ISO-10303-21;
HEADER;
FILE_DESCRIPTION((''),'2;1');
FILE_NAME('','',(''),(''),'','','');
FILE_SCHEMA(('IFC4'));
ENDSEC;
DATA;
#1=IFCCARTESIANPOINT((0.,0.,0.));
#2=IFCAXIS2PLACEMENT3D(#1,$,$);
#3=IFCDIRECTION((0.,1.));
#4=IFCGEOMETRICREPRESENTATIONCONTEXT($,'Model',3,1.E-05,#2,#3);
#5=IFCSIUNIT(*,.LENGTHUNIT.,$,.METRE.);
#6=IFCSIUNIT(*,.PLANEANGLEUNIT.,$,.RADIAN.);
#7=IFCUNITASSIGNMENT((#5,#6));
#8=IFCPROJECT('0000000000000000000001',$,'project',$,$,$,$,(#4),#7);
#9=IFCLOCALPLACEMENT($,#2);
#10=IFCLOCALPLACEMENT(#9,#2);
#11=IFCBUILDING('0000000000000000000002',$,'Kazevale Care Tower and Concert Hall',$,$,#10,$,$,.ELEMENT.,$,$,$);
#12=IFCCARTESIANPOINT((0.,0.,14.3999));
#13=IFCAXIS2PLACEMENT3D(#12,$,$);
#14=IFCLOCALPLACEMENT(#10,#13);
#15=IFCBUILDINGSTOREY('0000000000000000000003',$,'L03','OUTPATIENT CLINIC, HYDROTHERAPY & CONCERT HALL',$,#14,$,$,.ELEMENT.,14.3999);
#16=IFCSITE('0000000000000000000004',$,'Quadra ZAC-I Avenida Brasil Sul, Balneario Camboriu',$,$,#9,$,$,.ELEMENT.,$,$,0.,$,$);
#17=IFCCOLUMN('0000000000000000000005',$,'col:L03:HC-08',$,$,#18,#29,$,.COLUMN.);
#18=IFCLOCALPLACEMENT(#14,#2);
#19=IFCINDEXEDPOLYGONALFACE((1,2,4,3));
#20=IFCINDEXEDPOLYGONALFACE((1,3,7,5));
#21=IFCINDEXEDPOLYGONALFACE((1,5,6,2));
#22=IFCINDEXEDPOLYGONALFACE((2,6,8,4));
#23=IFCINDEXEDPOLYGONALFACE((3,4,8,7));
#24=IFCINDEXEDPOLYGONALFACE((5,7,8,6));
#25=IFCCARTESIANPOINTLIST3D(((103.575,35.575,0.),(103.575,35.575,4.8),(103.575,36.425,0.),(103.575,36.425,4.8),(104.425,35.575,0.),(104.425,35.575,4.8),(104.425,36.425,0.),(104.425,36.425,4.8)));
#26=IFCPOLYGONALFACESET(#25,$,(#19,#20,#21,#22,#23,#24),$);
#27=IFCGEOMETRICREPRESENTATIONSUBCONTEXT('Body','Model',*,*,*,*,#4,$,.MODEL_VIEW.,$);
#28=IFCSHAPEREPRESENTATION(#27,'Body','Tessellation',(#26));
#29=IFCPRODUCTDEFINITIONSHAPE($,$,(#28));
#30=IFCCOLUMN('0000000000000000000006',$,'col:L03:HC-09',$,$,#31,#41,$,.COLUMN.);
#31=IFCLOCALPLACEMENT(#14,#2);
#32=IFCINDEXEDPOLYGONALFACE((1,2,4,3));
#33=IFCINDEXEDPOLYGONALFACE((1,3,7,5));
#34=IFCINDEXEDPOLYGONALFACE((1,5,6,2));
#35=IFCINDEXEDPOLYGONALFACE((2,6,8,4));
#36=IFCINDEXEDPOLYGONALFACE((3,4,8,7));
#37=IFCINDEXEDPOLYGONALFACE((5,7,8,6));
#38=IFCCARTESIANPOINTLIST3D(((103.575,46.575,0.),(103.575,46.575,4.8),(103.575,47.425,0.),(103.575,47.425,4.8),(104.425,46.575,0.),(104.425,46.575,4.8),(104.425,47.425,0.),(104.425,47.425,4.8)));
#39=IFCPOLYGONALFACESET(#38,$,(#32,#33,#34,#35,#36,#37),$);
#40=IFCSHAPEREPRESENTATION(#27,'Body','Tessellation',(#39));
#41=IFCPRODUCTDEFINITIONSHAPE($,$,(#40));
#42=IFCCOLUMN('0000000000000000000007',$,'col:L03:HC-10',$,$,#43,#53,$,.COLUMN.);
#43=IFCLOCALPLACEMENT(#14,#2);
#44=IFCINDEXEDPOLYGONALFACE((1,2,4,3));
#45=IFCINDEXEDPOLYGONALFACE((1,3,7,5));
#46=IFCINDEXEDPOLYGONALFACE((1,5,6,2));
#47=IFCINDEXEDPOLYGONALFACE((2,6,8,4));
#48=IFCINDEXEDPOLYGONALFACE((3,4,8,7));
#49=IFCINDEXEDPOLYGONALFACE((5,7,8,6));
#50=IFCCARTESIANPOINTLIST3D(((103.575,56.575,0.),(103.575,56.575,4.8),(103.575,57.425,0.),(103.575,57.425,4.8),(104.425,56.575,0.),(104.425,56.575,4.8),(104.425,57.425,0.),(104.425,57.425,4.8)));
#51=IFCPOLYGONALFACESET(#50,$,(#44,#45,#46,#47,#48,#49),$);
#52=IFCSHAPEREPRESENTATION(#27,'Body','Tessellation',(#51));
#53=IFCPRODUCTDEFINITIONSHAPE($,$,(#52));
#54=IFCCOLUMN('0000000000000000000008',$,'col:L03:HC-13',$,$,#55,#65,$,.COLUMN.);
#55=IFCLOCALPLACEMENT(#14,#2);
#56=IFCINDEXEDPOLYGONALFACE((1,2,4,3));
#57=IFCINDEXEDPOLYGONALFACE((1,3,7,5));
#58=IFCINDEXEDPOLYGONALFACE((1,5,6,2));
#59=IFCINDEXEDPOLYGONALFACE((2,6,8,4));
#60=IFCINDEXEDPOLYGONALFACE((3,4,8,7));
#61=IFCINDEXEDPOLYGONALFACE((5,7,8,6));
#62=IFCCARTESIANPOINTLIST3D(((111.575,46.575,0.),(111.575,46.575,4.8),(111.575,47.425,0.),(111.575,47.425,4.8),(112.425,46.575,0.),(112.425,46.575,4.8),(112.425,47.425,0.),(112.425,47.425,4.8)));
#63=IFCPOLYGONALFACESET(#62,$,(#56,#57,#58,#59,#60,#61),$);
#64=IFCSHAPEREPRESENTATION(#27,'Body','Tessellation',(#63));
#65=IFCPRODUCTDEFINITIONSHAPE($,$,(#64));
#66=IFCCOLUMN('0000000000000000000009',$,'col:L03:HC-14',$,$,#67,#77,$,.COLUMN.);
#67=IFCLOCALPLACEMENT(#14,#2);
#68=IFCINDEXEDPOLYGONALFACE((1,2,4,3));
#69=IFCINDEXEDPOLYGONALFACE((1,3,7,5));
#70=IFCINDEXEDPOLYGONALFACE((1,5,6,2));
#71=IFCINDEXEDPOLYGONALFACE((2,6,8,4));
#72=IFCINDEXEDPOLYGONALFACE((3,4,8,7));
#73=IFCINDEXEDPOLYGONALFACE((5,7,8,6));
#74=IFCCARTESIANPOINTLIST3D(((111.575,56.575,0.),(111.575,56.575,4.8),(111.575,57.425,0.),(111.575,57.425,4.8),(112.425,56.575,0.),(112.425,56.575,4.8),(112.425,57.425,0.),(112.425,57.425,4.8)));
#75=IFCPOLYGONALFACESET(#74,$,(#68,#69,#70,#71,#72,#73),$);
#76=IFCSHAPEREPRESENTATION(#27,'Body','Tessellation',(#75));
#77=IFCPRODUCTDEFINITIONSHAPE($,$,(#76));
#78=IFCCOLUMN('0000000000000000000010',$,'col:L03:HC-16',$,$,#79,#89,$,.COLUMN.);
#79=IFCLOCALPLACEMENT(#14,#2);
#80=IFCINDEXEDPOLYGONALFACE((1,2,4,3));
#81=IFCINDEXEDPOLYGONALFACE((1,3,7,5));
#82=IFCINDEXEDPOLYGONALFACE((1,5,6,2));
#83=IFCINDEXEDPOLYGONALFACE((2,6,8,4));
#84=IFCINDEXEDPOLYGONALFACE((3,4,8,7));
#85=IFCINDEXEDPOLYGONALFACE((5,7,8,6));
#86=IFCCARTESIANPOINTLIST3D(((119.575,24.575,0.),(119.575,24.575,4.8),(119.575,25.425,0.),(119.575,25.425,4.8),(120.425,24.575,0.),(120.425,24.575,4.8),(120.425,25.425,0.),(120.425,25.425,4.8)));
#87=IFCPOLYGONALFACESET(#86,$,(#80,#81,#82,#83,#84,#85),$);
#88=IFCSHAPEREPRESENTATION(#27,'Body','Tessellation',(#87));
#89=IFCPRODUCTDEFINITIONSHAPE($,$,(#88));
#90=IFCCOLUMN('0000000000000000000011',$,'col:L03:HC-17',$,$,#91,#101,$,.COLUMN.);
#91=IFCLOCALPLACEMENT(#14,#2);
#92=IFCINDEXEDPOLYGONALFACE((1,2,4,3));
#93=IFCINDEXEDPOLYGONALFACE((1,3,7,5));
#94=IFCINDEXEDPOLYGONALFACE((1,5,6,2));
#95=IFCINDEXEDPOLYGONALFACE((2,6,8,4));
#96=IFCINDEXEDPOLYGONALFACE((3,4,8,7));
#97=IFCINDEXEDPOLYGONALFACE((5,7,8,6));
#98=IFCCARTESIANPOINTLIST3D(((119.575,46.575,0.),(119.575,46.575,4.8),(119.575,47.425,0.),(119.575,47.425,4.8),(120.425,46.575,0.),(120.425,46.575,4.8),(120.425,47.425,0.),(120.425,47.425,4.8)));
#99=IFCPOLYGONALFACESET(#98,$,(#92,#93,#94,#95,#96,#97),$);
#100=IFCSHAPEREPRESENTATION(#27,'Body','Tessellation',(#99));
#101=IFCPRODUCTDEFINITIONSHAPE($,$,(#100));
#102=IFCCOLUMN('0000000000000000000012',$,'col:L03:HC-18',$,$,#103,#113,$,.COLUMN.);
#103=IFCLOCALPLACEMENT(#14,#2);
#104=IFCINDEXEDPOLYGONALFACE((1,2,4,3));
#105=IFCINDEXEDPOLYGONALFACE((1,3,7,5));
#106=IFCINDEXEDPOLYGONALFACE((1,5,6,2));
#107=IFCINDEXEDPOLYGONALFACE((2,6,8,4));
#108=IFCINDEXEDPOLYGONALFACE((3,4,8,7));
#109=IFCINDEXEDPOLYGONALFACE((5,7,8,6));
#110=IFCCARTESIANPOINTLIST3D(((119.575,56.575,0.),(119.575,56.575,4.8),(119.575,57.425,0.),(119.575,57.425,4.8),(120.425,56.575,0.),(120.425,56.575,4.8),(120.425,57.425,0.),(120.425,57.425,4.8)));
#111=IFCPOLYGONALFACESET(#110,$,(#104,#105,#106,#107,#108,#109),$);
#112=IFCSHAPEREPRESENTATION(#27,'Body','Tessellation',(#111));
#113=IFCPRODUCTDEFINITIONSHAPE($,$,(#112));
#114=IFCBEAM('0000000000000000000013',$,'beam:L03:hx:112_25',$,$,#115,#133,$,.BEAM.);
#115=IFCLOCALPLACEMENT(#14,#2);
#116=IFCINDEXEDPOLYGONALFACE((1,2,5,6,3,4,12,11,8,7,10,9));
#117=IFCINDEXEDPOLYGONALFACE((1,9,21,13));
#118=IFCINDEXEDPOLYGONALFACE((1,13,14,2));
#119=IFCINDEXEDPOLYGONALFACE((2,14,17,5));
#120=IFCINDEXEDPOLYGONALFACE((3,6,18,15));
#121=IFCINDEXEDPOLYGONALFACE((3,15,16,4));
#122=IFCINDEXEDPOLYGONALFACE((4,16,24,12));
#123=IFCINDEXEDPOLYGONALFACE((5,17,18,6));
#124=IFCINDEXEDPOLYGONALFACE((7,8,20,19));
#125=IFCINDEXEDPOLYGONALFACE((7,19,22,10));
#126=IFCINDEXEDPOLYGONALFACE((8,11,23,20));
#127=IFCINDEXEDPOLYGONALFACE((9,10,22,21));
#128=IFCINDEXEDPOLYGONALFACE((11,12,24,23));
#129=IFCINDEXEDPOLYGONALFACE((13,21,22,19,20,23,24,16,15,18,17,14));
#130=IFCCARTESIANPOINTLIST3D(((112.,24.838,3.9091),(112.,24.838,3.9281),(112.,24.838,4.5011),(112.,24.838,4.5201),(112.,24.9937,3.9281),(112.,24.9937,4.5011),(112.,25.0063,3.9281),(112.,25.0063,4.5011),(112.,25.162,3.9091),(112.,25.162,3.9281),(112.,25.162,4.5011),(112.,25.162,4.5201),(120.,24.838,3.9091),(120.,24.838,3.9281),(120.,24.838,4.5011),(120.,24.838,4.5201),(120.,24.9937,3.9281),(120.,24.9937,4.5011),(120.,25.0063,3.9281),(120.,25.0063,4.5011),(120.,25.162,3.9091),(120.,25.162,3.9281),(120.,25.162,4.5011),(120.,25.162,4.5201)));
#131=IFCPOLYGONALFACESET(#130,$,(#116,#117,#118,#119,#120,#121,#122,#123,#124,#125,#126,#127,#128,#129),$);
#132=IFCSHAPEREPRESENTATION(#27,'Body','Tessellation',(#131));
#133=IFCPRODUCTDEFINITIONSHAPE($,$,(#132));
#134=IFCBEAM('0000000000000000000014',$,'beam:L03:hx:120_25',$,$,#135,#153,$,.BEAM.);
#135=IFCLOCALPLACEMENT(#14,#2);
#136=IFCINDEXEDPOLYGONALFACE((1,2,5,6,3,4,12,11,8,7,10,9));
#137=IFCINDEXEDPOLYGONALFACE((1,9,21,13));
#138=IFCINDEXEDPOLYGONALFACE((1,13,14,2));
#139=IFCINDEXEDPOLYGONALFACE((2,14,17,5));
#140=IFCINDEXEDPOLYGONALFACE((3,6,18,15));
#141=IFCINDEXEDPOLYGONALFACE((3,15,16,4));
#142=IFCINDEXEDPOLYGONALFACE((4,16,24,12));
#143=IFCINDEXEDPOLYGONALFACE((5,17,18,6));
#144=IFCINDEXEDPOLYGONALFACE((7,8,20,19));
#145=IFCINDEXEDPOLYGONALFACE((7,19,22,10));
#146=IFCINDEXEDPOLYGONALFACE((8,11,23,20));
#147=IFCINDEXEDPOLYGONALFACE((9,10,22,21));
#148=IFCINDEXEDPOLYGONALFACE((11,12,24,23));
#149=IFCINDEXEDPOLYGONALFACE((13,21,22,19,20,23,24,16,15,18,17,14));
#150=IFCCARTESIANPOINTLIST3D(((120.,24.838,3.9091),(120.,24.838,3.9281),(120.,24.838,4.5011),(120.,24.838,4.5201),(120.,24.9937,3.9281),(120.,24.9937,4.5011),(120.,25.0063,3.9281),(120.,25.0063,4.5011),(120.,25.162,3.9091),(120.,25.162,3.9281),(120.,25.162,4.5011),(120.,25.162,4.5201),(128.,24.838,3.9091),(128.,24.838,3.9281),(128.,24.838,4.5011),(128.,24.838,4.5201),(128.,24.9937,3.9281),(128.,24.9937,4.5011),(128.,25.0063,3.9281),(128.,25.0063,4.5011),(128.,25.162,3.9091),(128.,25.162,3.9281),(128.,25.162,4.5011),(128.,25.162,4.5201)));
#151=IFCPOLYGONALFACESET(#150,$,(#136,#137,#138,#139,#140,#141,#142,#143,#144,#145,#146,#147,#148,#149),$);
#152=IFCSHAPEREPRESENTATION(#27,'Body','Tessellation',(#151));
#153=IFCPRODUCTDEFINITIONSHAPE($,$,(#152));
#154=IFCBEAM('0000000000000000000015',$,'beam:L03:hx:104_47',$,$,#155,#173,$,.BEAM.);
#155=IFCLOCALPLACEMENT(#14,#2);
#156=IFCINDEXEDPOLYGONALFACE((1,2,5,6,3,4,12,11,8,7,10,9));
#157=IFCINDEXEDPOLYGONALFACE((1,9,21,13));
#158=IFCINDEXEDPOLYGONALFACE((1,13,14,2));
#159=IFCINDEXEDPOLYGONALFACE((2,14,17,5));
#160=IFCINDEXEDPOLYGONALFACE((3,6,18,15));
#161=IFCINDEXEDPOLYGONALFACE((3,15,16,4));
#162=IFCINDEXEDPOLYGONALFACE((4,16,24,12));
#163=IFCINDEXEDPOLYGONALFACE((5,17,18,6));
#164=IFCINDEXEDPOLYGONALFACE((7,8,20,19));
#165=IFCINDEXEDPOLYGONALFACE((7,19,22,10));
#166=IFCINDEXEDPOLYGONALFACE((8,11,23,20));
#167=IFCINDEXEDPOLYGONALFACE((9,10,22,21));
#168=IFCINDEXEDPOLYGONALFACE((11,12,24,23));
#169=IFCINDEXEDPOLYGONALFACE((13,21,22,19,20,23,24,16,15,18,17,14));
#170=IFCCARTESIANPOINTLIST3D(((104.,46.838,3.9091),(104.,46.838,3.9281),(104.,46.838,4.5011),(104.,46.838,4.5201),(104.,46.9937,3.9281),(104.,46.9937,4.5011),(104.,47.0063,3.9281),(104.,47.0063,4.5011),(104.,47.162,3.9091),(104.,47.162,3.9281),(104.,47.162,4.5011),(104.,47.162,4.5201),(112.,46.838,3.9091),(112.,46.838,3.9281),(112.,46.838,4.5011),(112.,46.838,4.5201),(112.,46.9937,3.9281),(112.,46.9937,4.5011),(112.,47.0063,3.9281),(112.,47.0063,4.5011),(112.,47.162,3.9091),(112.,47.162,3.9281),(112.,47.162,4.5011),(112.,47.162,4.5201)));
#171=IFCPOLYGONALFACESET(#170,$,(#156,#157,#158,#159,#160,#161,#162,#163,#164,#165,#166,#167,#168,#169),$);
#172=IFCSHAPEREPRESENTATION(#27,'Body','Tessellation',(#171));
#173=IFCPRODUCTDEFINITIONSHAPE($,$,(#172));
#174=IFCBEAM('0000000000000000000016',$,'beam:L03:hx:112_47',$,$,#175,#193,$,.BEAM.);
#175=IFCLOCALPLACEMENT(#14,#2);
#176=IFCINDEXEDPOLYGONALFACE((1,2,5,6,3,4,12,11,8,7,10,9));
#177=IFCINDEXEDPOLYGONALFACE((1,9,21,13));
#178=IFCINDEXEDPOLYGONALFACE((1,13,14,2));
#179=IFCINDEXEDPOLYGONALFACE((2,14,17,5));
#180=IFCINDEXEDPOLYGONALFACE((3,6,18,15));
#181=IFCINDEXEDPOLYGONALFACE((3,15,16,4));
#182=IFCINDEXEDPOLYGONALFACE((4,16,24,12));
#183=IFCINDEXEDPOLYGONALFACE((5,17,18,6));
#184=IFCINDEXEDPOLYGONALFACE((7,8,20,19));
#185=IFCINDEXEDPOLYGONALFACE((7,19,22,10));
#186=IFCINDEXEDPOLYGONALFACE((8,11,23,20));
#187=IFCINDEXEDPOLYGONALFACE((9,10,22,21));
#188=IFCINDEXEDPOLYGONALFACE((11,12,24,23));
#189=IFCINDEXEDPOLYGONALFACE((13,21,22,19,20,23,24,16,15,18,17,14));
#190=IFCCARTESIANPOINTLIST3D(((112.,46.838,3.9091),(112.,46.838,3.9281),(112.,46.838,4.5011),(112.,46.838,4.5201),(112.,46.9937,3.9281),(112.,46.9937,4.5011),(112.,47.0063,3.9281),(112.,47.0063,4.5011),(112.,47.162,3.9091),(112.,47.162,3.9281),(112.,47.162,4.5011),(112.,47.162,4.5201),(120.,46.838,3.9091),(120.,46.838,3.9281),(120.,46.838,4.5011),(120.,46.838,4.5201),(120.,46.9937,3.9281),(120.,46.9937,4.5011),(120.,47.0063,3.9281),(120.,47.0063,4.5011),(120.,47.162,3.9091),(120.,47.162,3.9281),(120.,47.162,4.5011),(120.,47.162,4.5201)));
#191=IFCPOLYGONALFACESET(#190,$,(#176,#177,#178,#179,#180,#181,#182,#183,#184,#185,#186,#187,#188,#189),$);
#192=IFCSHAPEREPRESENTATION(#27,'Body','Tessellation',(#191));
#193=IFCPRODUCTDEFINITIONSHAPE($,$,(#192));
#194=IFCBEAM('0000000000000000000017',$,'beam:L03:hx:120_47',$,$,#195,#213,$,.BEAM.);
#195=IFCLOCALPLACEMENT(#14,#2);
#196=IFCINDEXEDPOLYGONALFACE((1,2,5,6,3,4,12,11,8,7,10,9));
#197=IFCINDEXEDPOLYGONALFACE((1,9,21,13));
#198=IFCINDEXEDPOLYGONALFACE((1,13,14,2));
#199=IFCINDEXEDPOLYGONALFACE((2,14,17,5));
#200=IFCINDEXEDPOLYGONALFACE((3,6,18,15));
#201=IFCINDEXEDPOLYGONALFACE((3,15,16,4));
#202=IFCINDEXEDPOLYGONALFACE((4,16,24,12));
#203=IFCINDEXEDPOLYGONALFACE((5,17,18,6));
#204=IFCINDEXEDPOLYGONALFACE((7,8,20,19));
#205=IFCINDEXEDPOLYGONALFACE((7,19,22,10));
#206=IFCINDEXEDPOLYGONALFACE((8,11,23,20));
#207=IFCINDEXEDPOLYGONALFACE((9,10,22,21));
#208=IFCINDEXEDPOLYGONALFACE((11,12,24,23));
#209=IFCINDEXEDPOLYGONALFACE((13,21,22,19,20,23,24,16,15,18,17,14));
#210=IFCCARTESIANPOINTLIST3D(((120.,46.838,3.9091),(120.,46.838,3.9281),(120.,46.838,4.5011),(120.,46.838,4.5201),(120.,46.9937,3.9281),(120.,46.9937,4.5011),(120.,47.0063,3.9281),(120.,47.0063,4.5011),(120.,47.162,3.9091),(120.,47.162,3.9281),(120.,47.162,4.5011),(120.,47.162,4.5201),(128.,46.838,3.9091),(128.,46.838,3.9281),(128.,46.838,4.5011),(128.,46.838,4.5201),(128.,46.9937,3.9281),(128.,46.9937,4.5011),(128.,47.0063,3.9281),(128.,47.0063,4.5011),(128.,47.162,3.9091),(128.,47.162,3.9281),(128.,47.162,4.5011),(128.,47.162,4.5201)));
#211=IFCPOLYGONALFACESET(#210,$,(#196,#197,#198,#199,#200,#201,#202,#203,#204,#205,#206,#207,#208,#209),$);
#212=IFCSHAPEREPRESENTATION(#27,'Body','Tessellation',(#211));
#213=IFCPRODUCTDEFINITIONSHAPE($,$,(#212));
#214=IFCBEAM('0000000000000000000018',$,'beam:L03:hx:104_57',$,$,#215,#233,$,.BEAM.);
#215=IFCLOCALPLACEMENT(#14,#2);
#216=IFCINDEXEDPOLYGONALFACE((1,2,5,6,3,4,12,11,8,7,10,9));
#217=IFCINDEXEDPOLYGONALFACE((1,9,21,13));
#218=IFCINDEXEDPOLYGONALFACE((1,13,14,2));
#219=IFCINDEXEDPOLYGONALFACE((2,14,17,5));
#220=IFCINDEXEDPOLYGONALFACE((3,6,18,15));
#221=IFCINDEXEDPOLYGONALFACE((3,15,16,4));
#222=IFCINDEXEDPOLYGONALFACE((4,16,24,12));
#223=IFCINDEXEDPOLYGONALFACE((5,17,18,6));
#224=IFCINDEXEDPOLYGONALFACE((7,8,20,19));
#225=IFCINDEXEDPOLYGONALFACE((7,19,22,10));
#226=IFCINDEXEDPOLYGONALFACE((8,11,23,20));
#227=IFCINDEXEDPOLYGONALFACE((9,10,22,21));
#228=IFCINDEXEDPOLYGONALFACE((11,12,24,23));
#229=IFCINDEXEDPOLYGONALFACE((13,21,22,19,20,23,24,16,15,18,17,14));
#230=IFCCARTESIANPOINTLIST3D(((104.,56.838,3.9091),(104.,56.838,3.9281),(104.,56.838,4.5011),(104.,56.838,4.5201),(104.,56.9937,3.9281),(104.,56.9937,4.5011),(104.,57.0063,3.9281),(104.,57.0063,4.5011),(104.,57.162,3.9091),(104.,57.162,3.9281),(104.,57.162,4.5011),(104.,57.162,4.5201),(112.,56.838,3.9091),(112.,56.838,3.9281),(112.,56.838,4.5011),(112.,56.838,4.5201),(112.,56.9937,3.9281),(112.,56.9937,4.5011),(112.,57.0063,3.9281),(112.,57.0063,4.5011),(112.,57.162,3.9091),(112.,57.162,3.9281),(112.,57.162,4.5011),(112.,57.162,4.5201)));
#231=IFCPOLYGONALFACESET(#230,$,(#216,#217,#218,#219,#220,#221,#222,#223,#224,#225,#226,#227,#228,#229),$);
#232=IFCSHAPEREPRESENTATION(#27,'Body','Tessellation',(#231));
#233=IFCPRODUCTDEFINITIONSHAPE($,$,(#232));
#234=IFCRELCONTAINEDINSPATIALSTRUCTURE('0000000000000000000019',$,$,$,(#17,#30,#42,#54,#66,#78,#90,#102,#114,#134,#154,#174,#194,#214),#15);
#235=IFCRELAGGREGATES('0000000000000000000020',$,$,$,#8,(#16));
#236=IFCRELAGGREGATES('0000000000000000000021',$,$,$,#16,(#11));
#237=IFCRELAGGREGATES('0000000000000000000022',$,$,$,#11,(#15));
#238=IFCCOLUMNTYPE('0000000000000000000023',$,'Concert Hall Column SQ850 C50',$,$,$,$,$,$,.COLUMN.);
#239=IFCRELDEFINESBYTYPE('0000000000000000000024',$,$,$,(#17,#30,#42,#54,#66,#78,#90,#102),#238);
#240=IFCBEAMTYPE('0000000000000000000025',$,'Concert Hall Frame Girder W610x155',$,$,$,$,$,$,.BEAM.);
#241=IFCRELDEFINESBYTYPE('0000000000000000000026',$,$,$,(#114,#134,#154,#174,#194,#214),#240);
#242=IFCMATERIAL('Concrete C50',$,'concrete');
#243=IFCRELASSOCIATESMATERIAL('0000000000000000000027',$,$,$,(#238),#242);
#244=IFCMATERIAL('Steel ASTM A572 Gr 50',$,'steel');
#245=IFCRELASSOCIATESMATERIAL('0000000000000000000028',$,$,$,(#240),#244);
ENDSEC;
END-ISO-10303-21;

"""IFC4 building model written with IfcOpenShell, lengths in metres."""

from ifc_helpers import new_model, si_unit, direction, frame, origin, origin_2d, place, context, subcontext, project, spatial, rectangle, i_section, extrude, material, material_profile, profile_set, type_object, element, save


model = new_model("IFC4")

# Units and contexts
model_context = context("Model", 3, precision=1e-05, world=origin(), true_north=direction((0.0, 1.0)))
body_context = subcontext(model_context, "Body", "Model", "MODEL_VIEW")
ifc_project = project(units=[si_unit("LENGTHUNIT", "METRE"), si_unit("PLANEANGLEUNIT", "RADIAN")], contexts=[model_context])

# Site, building, storey
site_placement = place(None, origin())
site = spatial("IfcSite", under=ifc_project, at=site_placement, Name="Quadra ZAC-I Avenida Brasil Sul, Balneario Camboriu", CompositionType="ELEMENT", RefElevation=0.0)
building_placement = place(site_placement, origin())
building = spatial("IfcBuilding", under=site, at=building_placement, Name="Kazevale Care Tower and Concert Hall", CompositionType="ELEMENT")
storey_placement = place(building_placement, frame((0.0, 0.0, 14.3999)))
storey = spatial("IfcBuildingStorey", under=building, at=storey_placement, Name="L03", Description="OUTPATIENT CLINIC, HYDROTHERAPY & CONCERT HALL", CompositionType="ELEMENT", Elevation=14.3999)

# Columns
ifc_material_1 = material(Name="Concrete C50", Category="concrete")
ifc_material_profile_1 = material_profile(ifc_material_1, rectangle(XDim=0.8501, YDim=0.8501, at=origin_2d()), Name="RC-SQ850")
ifc_profile_set_1 = profile_set([ifc_material_profile_1], Name="Concrete C50")
column_type = type_object("IfcColumnType", Name="Concert Hall Column SQ850 C50", PredefinedType="COLUMN", material=ifc_profile_set_1)
for number, where, z_axis, x_axis, name in (
    (1, (104.0, 36.0, 0.0), (0.0, 0.0, 1.0), (1.0, 0.0, 0.0), "col:L03:HC-08"),
    (2, (104.0, 47.0, 0.0), (0.0, 0.0, 1.0), (1.0, 0.0, 0.0), "col:L03:HC-09"),
    (3, (104.0, 57.0, 0.0), (0.0, 0.0, 1.0), (1.0, 0.0, 0.0), "col:L03:HC-10"),
    (4, (112.0, 47.0, 0.0), (0.0, 0.0, 1.0), (1.0, 0.0, 0.0), "col:L03:HC-13"),
    (5, (112.0, 57.0, 0.0), (0.0, 0.0, 1.0), (1.0, 0.0, 0.0), "col:L03:HC-14"),
    (6, (120.0, 25.0, 0.0), (0.0, 0.0, 1.0), (1.0, 0.0, 0.0), "col:L03:HC-16"),
    (7, (120.0, 47.0, 0.0), (0.0, 0.0, 1.0), (1.0, 0.0, 0.0), "col:L03:HC-17"),
    (8, (120.0, 57.0, 0.0), (0.0, 0.0, 1.0), (1.0, 0.0, 0.0), "col:L03:HC-18"),
):
    element("IfcColumn", number, at=place(storey_placement, frame(where, z_axis=z_axis, x_axis=x_axis)), inside=storey, type_object=column_type, Name=name, PredefinedType="COLUMN", context=body_context, shape_type="SweptSolid", body=[
        extrude(rectangle(XDim=0.8501, YDim=0.8501, at=origin_2d()), origin(), (0.0, 0.0, 1.0), 4.8),
    ])

# Beams
ifc_material_2 = material(Name="Steel ASTM A572 Gr 50", Category="steel")
ifc_material_profile_2 = material_profile(ifc_material_2, i_section(OverallWidth=0.324, OverallDepth=0.6111, WebThickness=0.0127, FlangeThickness=0.019, at=origin_2d()), Name="W610x155")
ifc_profile_set_2 = profile_set([ifc_material_profile_2], Name="Steel ASTM A572 Gr 50")
beam_type_1 = type_object("IfcBeamType", Name="Concert Hall Frame Girder W610x155", PredefinedType="BEAM", material=ifc_profile_set_2)
for number, where, z_axis, x_axis, name in (
    (9, (112.0, 25.0, 4.2146), (1.0, 0.0, 0.0), (0.0, 1.0, 0.0), "beam:L03:hx:112_25"),
    (10, (120.0, 25.0, 4.2146), (1.0, 0.0, 0.0), (0.0, 1.0, 0.0), "beam:L03:hx:120_25"),
    (11, (104.0, 47.0, 4.2146), (1.0, 0.0, 0.0), (0.0, 1.0, 0.0), "beam:L03:hx:104_47"),
    (12, (112.0, 47.0, 4.2146), (1.0, 0.0, 0.0), (0.0, 1.0, 0.0), "beam:L03:hx:112_47"),
    (13, (120.0, 47.0, 4.2146), (1.0, 0.0, 0.0), (0.0, 1.0, 0.0), "beam:L03:hx:120_47"),
    (14, (104.0, 57.0, 4.2146), (1.0, 0.0, 0.0), (0.0, 1.0, 0.0), "beam:L03:hx:104_57"),
):
    element("IfcBeam", number, at=place(storey_placement, frame(where, z_axis=z_axis, x_axis=x_axis)), inside=storey, type_object=beam_type_1, Name=name, PredefinedType="BEAM", context=body_context, shape_type="SweptSolid", body=[
        extrude(i_section(OverallWidth=0.324, OverallDepth=0.6111, WebThickness=0.0127, FlangeThickness=0.019, at=origin_2d()), origin(), (0.0, 0.0, 1.0), 8.0),
    ])

save(model, "model.ifc")
